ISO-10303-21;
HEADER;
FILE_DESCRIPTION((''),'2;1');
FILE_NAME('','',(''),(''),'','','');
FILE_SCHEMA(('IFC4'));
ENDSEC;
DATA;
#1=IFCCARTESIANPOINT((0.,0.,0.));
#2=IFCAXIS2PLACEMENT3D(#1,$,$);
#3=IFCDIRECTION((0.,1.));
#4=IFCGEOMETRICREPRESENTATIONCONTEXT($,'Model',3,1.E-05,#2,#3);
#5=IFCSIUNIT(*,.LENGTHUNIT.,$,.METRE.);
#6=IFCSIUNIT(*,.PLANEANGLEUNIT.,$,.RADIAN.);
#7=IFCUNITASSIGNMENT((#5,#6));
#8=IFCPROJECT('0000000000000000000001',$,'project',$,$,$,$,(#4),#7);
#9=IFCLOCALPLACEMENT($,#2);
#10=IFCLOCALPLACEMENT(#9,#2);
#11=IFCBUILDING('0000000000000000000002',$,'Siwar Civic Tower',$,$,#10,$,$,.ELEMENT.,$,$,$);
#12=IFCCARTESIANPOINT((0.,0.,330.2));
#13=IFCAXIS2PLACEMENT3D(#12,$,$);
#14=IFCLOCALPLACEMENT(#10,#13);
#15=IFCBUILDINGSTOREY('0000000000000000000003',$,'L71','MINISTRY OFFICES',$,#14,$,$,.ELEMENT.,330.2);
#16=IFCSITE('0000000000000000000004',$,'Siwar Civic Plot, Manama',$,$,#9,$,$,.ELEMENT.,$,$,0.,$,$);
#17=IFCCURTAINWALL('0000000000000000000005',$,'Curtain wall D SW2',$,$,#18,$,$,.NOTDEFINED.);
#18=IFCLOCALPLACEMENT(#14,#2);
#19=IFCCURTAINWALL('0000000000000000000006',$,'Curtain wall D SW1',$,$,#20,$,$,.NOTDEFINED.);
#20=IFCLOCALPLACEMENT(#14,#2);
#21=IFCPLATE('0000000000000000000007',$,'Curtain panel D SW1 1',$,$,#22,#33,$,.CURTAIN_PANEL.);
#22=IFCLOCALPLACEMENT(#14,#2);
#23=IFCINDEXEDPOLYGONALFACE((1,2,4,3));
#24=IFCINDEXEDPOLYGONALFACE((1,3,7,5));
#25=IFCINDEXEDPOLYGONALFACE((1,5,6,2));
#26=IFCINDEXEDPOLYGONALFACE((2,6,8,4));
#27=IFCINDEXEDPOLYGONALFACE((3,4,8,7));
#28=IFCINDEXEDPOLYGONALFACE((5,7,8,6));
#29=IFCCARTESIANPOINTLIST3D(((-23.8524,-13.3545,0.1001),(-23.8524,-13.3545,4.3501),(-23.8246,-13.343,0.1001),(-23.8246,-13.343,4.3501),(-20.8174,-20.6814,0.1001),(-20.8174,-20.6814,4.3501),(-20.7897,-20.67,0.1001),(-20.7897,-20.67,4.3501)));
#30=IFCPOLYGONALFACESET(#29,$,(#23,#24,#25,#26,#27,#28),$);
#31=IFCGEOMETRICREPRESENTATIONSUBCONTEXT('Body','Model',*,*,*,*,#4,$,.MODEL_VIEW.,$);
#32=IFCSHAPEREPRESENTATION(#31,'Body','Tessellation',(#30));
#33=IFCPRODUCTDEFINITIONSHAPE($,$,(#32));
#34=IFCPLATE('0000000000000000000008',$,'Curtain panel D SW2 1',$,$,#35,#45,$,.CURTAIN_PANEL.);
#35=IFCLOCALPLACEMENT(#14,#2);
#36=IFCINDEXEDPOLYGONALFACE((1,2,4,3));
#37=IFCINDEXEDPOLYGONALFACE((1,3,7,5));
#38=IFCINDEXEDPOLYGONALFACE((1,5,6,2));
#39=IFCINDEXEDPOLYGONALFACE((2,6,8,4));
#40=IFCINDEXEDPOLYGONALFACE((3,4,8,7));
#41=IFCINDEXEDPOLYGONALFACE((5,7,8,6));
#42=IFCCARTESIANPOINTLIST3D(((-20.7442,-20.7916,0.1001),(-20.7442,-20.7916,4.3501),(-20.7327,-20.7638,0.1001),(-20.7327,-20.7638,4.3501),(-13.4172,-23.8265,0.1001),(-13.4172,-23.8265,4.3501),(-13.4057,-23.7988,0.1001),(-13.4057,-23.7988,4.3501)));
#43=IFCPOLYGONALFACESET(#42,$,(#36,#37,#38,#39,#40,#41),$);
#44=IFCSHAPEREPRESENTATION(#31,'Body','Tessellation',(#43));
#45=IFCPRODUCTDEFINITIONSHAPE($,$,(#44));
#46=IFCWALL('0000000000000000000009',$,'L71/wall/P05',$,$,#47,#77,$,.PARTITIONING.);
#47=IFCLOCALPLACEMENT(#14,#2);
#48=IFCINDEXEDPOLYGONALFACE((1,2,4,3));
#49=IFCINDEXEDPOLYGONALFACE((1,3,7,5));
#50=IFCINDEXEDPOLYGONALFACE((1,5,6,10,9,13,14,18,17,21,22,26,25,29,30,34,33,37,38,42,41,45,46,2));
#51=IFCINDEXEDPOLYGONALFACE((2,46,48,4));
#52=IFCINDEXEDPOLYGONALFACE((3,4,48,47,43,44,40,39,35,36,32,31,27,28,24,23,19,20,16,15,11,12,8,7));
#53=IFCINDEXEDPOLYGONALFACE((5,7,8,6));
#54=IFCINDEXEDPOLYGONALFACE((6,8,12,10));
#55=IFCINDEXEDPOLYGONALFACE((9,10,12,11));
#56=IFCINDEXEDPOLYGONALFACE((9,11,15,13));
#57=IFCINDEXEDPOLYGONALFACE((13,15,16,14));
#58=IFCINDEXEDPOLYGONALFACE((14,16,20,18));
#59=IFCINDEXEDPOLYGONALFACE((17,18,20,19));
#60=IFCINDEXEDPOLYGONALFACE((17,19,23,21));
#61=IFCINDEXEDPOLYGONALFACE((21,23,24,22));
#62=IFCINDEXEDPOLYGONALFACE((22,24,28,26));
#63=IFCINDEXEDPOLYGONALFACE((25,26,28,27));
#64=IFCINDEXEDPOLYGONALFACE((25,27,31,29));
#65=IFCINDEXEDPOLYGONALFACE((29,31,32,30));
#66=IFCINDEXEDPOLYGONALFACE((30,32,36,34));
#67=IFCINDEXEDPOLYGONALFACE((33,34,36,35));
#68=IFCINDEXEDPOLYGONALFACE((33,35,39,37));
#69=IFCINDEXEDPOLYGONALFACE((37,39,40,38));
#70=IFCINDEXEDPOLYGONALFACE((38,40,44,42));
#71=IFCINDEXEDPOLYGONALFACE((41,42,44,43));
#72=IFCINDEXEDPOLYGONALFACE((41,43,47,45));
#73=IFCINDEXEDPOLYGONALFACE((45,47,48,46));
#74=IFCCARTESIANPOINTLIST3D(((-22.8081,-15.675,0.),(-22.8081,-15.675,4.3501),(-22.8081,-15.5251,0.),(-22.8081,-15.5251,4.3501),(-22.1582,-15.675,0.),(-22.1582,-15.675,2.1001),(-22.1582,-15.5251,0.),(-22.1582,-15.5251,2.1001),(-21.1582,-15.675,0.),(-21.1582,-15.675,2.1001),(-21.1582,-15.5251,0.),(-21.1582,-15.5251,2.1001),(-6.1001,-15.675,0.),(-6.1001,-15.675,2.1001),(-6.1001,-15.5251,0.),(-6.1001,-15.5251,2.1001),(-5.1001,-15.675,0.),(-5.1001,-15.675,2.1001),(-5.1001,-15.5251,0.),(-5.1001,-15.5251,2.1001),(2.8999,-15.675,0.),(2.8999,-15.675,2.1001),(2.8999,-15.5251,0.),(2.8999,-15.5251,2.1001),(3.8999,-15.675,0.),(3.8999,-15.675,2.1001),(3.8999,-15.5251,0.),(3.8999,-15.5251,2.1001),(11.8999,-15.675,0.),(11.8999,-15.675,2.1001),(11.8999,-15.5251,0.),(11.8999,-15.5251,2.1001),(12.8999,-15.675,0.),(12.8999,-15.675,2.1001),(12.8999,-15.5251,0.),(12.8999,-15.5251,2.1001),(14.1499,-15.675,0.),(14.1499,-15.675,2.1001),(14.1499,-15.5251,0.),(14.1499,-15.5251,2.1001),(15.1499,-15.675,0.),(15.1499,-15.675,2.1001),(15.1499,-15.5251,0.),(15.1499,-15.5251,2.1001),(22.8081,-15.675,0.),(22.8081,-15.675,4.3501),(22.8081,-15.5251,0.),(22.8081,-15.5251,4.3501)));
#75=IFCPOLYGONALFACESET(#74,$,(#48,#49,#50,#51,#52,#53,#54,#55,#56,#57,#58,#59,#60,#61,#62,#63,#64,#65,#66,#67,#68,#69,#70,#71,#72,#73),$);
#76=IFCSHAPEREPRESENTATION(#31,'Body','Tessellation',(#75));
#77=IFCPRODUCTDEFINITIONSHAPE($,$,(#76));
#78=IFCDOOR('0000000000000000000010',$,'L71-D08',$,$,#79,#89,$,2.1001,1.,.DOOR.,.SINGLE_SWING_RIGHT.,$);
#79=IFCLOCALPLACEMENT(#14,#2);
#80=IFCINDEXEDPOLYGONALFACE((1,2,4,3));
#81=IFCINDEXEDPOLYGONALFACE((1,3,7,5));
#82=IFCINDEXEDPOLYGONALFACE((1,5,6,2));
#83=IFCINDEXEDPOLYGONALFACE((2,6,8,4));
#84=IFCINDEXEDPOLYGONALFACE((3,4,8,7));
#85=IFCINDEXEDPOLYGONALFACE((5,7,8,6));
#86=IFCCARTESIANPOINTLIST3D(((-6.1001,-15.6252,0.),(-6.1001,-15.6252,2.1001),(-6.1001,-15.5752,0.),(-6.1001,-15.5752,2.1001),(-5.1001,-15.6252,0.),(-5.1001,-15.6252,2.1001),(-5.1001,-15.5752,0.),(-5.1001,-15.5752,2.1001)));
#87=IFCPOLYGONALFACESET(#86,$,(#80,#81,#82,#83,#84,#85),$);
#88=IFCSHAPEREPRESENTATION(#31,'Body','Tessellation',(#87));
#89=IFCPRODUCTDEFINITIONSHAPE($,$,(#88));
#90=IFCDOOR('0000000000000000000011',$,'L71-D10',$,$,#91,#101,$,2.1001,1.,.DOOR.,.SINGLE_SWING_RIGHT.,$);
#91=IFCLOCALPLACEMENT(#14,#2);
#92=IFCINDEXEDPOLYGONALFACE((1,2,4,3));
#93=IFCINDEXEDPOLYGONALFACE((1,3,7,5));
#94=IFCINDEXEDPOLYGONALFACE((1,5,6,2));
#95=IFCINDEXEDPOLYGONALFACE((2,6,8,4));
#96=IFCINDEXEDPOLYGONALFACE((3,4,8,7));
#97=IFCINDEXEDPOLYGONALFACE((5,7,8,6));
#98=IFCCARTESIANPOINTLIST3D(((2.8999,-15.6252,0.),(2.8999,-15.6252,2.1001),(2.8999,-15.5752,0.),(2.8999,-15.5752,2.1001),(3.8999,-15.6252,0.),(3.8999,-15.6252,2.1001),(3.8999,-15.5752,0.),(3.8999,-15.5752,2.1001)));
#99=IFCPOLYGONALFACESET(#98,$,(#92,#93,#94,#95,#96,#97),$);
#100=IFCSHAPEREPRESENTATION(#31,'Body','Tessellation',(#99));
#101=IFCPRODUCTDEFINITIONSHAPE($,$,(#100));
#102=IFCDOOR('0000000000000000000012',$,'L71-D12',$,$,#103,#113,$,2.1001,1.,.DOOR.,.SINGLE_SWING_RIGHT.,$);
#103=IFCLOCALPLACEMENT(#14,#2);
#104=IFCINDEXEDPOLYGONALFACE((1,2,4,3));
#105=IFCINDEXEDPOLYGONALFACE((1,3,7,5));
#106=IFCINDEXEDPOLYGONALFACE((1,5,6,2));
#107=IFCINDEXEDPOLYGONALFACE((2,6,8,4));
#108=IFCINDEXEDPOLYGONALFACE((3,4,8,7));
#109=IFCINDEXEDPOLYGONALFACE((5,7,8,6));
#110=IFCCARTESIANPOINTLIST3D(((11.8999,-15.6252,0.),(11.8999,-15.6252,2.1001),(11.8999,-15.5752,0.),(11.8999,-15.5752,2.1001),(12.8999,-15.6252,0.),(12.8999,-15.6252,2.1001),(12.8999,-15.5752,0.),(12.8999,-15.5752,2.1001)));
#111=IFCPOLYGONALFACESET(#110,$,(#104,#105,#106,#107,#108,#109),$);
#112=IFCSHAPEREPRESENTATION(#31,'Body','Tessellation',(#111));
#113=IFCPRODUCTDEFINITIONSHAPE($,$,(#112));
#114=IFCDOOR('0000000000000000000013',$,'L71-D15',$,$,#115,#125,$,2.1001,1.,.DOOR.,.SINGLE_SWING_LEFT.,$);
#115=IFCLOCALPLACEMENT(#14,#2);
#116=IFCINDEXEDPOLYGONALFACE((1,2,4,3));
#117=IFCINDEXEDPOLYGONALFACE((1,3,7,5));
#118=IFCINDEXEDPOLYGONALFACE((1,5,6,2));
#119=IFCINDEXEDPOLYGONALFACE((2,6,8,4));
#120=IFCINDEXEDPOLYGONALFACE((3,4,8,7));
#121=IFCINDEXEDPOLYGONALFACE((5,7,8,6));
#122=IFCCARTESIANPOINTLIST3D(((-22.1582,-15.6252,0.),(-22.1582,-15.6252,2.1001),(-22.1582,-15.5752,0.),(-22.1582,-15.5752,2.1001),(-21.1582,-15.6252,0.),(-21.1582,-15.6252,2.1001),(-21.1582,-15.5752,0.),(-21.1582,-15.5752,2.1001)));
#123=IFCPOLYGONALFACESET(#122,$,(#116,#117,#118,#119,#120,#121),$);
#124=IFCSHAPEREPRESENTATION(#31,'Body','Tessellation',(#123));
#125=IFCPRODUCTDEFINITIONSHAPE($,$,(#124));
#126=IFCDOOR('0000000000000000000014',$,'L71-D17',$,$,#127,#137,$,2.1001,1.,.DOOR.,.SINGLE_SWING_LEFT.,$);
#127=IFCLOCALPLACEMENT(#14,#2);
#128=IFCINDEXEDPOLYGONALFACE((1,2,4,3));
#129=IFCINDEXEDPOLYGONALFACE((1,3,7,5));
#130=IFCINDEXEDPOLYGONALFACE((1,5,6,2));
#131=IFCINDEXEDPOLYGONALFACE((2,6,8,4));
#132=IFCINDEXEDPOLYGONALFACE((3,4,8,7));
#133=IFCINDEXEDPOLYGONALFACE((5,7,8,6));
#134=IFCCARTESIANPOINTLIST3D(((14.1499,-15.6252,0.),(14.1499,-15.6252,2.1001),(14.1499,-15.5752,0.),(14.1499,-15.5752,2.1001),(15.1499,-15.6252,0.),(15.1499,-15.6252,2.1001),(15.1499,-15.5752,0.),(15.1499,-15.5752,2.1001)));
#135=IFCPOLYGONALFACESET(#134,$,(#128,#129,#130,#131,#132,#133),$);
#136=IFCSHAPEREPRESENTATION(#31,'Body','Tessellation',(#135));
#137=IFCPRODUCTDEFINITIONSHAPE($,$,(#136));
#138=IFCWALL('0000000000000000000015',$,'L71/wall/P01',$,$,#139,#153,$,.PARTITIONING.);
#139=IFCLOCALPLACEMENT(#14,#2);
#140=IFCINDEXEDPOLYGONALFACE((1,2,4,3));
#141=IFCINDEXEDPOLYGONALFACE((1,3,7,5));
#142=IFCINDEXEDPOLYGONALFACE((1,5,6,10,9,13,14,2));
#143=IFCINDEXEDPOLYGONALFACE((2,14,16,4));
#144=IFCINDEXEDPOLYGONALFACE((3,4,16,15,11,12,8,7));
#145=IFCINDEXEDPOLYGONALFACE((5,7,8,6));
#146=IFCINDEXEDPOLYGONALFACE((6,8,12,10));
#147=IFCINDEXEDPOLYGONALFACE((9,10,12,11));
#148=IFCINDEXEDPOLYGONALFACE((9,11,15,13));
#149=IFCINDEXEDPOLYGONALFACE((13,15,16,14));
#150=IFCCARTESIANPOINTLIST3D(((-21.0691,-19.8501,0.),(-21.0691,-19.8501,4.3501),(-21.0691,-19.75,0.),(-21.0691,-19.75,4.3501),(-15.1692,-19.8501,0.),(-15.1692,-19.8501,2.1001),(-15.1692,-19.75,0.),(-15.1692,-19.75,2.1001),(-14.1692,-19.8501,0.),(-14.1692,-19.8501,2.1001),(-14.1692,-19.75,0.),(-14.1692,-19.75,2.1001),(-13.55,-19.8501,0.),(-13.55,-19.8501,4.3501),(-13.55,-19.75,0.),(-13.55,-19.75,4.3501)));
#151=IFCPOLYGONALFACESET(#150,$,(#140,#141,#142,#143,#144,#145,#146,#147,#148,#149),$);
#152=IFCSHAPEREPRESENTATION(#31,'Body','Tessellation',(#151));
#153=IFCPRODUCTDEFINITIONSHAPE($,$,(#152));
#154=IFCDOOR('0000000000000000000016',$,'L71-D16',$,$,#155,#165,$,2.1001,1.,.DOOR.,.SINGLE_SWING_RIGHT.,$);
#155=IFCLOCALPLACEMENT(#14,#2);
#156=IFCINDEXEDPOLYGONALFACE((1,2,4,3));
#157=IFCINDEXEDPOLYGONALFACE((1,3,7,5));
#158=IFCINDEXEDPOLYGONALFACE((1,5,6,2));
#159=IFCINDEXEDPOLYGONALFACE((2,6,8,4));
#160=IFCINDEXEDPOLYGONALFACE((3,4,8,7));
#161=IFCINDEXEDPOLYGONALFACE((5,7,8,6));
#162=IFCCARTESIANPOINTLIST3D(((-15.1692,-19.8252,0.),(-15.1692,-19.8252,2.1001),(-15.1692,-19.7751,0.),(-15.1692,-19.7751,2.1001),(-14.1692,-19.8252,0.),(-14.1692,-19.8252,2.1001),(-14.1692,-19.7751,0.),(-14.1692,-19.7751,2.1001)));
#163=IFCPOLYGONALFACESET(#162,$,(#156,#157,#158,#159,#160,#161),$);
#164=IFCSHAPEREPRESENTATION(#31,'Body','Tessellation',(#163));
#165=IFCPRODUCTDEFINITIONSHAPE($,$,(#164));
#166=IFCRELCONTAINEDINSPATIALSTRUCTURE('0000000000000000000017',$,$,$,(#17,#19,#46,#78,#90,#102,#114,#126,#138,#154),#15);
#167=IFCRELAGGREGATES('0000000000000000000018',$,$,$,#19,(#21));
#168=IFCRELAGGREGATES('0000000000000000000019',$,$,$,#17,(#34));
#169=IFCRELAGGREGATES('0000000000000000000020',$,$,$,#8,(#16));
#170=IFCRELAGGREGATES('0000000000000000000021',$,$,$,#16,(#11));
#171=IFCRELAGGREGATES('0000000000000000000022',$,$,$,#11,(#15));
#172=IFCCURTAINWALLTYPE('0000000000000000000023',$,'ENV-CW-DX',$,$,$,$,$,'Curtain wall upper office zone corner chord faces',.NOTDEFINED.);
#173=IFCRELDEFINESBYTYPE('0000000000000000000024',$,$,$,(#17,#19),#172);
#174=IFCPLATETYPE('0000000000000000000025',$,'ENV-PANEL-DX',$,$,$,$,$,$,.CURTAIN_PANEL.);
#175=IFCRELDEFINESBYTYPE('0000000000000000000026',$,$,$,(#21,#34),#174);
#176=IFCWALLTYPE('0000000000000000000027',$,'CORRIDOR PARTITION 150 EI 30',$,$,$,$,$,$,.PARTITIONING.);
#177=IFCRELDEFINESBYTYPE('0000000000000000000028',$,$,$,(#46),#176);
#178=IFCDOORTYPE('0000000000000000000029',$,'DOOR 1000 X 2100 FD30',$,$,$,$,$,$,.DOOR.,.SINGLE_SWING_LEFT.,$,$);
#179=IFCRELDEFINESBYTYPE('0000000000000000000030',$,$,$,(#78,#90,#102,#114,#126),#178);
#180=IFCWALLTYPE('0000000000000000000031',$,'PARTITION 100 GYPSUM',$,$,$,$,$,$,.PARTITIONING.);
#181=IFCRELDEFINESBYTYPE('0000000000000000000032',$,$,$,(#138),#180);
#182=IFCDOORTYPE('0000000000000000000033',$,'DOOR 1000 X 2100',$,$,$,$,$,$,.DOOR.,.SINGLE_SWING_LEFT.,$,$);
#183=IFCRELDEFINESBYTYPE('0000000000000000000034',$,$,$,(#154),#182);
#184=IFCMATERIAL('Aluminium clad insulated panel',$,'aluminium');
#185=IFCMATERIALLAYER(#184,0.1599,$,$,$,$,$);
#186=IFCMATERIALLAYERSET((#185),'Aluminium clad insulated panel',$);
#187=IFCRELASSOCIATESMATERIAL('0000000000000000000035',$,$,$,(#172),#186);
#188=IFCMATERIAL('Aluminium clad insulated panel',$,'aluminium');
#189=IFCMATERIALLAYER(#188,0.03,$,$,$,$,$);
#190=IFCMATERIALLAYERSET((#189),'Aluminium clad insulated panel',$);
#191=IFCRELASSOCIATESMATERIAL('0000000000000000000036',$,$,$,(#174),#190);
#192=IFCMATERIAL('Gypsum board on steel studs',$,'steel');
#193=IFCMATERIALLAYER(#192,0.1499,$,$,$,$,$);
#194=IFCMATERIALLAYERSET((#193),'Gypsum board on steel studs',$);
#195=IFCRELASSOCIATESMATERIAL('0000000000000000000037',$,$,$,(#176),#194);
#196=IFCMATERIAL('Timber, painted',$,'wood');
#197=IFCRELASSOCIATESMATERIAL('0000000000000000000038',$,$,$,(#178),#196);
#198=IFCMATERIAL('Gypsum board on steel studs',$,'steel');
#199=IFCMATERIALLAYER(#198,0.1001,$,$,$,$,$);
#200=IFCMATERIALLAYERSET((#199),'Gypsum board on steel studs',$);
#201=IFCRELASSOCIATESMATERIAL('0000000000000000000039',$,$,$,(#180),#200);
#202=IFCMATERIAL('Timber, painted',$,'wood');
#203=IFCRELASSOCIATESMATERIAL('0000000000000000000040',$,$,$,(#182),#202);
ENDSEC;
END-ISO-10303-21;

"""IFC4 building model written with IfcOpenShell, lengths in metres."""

from ifc_helpers import new_model, si_unit, direction, frame, frame_2d, origin, origin_2d, place, context, subcontext, project, spatial, rectangle, extrude, material, layer, layer_set, type_object, element, fill, aggregate, save


model = new_model("IFC4")

# Units and contexts
model_context = context("Model", 3, precision=1e-05, world=origin(), true_north=direction((0.0, 1.0)))
body_context = subcontext(model_context, "Body", "Model", "MODEL_VIEW")
ifc_project = project(units=[si_unit("LENGTHUNIT", "METRE"), si_unit("PLANEANGLEUNIT", "RADIAN")], contexts=[model_context])

# Site, building, storey
site_placement = place(None, origin())
site = spatial("IfcSite", under=ifc_project, at=site_placement, Name="Siwar Civic Plot, Manama", CompositionType="ELEMENT", RefElevation=0.0)
building_placement = place(site_placement, origin())
building = spatial("IfcBuilding", under=site, at=building_placement, Name="Siwar Civic Tower", CompositionType="ELEMENT")
storey_placement = place(building_placement, frame((0.0, 0.0, 330.2)))
storey = spatial("IfcBuildingStorey", under=building, at=storey_placement, Name="L71", Description="MINISTRY OFFICES", CompositionType="ELEMENT", Elevation=330.2)

# Curtain wall
ifc_material_1 = material(Name="Aluminium clad insulated panel", Category="aluminium")
ifc_layer_1 = layer(ifc_material_1, 0.1599)
ifc_layer_set_1 = layer_set([ifc_layer_1], Name="Aluminium clad insulated panel")
curtain_wall_type = type_object("IfcCurtainWallType", Name="ENV-CW-DX", ElementType="Curtain wall upper office zone corner chord faces", PredefinedType="NOTDEFINED", material=ifc_layer_set_1)
curtain_wall_1_placement = place(storey_placement, origin())
curtain_wall_1 = element("IfcCurtainWall", 1, at=curtain_wall_1_placement, inside=storey, type_object=curtain_wall_type, Name="Curtain wall D SW2", PredefinedType="NOTDEFINED")

# Curtain wall, plate
curtain_wall_2_placement = place(storey_placement, origin())
curtain_wall_2 = element("IfcCurtainWall", 2, at=curtain_wall_2_placement, inside=storey, type_object=curtain_wall_type, Name="Curtain wall D SW1", PredefinedType="NOTDEFINED")
ifc_material_2 = material(Name="Aluminium clad insulated panel", Category="aluminium")
ifc_layer_2 = layer(ifc_material_2, 0.03)
ifc_layer_set_2 = layer_set([ifc_layer_2], Name="Aluminium clad insulated panel")
plate_type = type_object("IfcPlateType", Name="ENV-PANEL-DX", PredefinedType="CURTAIN_PANEL", material=ifc_layer_set_2)
plate_1_placement = place(storey_placement, frame((-22.321, -17.0122, 0.1001), z_axis=(0.0, 0.0, 1.0), x_axis=(0.382683, -0.92388, 0.0)))
plate_1 = element("IfcPlate", 3, at=plate_1_placement, type_object=plate_type, Name="Curtain panel D SW1 1", PredefinedType="CURTAIN_PANEL", context=body_context, shape_type="SweptSolid", body=[
    extrude(rectangle(XDim=7.9307, YDim=0.03, at=origin_2d()), origin(), (0.0, 0.0, 1.0), 4.25),
])
aggregate(curtain_wall_2, [plate_1])

# Plate
plate_2_placement = place(storey_placement, frame((-17.075, -22.2952, 0.1001), z_axis=(0.0, 0.0, 1.0), x_axis=(0.92388, -0.382683, 0.0)))
plate_2 = element("IfcPlate", 4, at=plate_2_placement, type_object=plate_type, Name="Curtain panel D SW2 1", PredefinedType="CURTAIN_PANEL", context=body_context, shape_type="SweptSolid", body=[
    extrude(rectangle(XDim=7.9307, YDim=0.03, at=origin_2d()), origin(), (0.0, 0.0, 1.0), 4.25),
])
aggregate(curtain_wall_1, [plate_2])

# Wall, openings, doors
ifc_material_3 = material(Name="Gypsum board on steel studs", Category="steel")
ifc_layer_3 = layer(ifc_material_3, 0.1499)
ifc_layer_set_3 = layer_set([ifc_layer_3], Name="Gypsum board on steel studs")
wall_type_1 = type_object("IfcWallType", Name="CORRIDOR PARTITION 150 EI 30", PredefinedType="PARTITIONING", material=ifc_layer_set_3)
wall_1_placement = place(storey_placement, frame((-22.8081, -15.6001, 0.0), z_axis=(0.0, 0.0, 1.0), x_axis=(1.0, 0.0, 0.0)))
wall_1 = element("IfcWall", 5, at=wall_1_placement, inside=storey, type_object=wall_type_1, Name="L71/wall/P05", PredefinedType="PARTITIONING", context=body_context, shape_type="SweptSolid", body=[
    extrude(rectangle(XDim=45.6162, YDim=0.1499, at=frame_2d((22.8081, 0.0))), origin(), (0.0, 0.0, 1.0), 4.3501),
])
opening_1_placement = place(wall_1_placement, frame((16.708, 0.0, 0.0)))
opening_1 = element("IfcOpeningElement", 6, at=opening_1_placement, cuts=wall_1, PredefinedType="OPENING", context=body_context, shape_type="SweptSolid", body=[
    extrude(rectangle(XDim=1.0, YDim=2.1001, at=frame_2d((0.5, 1.05))), frame((0.0, 0.085, 0.0), z_axis=(0.0, -1.0, 0.0), x_axis=(1.0, 0.0, 0.0)), (0.0, 0.0, 1.0), 0.1699),
])
opening_2_placement = place(wall_1_placement, frame((25.708, 0.0, 0.0)))
opening_2 = element("IfcOpeningElement", 7, at=opening_2_placement, cuts=wall_1, PredefinedType="OPENING", context=body_context, shape_type="SweptSolid", body=[
    extrude(rectangle(XDim=1.0, YDim=2.1001, at=frame_2d((0.5, 1.05))), frame((0.0, 0.085, 0.0), z_axis=(0.0, -1.0, 0.0), x_axis=(1.0, 0.0, 0.0)), (0.0, 0.0, 1.0), 0.1699),
])
opening_3_placement = place(wall_1_placement, frame((34.708, 0.0, 0.0)))
opening_3 = element("IfcOpeningElement", 8, at=opening_3_placement, cuts=wall_1, PredefinedType="OPENING", context=body_context, shape_type="SweptSolid", body=[
    extrude(rectangle(XDim=1.0, YDim=2.1001, at=frame_2d((0.5, 1.05))), frame((0.0, 0.085, 0.0), z_axis=(0.0, -1.0, 0.0), x_axis=(1.0, 0.0, 0.0)), (0.0, 0.0, 1.0), 0.1699),
])
opening_4_placement = place(wall_1_placement, frame((0.6499, 0.0, 0.0)))
opening_4 = element("IfcOpeningElement", 9, at=opening_4_placement, cuts=wall_1, PredefinedType="OPENING", context=body_context, shape_type="SweptSolid", body=[
    extrude(rectangle(XDim=1.0, YDim=2.1001, at=frame_2d((0.5, 1.05))), frame((0.0, 0.085, 0.0), z_axis=(0.0, -1.0, 0.0), x_axis=(1.0, 0.0, 0.0)), (0.0, 0.0, 1.0), 0.1699),
])
opening_5_placement = place(wall_1_placement, frame((36.958, 0.0, 0.0)))
opening_5 = element("IfcOpeningElement", 10, at=opening_5_placement, cuts=wall_1, PredefinedType="OPENING", context=body_context, shape_type="SweptSolid", body=[
    extrude(rectangle(XDim=1.0, YDim=2.1001, at=frame_2d((0.5, 1.05))), frame((0.0, 0.085, 0.0), z_axis=(0.0, -1.0, 0.0), x_axis=(1.0, 0.0, 0.0)), (0.0, 0.0, 1.0), 0.1699),
])
ifc_material_4 = material(Name="Timber, painted", Category="wood")
door_type_1 = type_object("IfcDoorType", Name="DOOR 1000 X 2100 FD30", OperationType="SINGLE_SWING_LEFT", PredefinedType="DOOR", material=ifc_material_4)
door_1_placement = place(opening_1_placement, origin())
door_1 = element("IfcDoor", 11, at=door_1_placement, inside=storey, type_object=door_type_1, Name="L71-D08", OperationType="SINGLE_SWING_RIGHT", OverallHeight=2.1001, OverallWidth=1.0, PredefinedType="DOOR", context=body_context, shape_type="SweptSolid", body=[
    extrude(rectangle(XDim=1.0, YDim=2.1001, at=frame_2d((0.5, 1.05))), frame((0.0, 0.0249, 0.0), z_axis=(0.0, -1.0, 0.0), x_axis=(1.0, 0.0, 0.0)), (0.0, 0.0, 1.0), 0.05),
])
fill(opening_1, door_1)
door_2_placement = place(opening_2_placement, origin())
door_2 = element("IfcDoor", 12, at=door_2_placement, inside=storey, type_object=door_type_1, Name="L71-D10", OperationType="SINGLE_SWING_RIGHT", OverallHeight=2.1001, OverallWidth=1.0, PredefinedType="DOOR", context=body_context, shape_type="SweptSolid", body=[
    extrude(rectangle(XDim=1.0, YDim=2.1001, at=frame_2d((0.5, 1.05))), frame((0.0, 0.0249, 0.0), z_axis=(0.0, -1.0, 0.0), x_axis=(1.0, 0.0, 0.0)), (0.0, 0.0, 1.0), 0.05),
])
fill(opening_2, door_2)
door_3_placement = place(opening_3_placement, origin())
door_3 = element("IfcDoor", 13, at=door_3_placement, inside=storey, type_object=door_type_1, Name="L71-D12", OperationType="SINGLE_SWING_RIGHT", OverallHeight=2.1001, OverallWidth=1.0, PredefinedType="DOOR", context=body_context, shape_type="SweptSolid", body=[
    extrude(rectangle(XDim=1.0, YDim=2.1001, at=frame_2d((0.5, 1.05))), frame((0.0, 0.0249, 0.0), z_axis=(0.0, -1.0, 0.0), x_axis=(1.0, 0.0, 0.0)), (0.0, 0.0, 1.0), 0.05),
])
fill(opening_3, door_3)
door_4_placement = place(opening_4_placement, origin())
door_4 = element("IfcDoor", 14, at=door_4_placement, inside=storey, type_object=door_type_1, Name="L71-D15", OperationType="SINGLE_SWING_LEFT", OverallHeight=2.1001, OverallWidth=1.0, PredefinedType="DOOR", context=body_context, shape_type="SweptSolid", body=[
    extrude(rectangle(XDim=1.0, YDim=2.1001, at=frame_2d((0.5, 1.05))), frame((0.0, 0.0249, 0.0), z_axis=(0.0, -1.0, 0.0), x_axis=(1.0, 0.0, 0.0)), (0.0, 0.0, 1.0), 0.05),
])
fill(opening_4, door_4)
door_5_placement = place(opening_5_placement, origin())
door_5 = element("IfcDoor", 15, at=door_5_placement, inside=storey, type_object=door_type_1, Name="L71-D17", OperationType="SINGLE_SWING_LEFT", OverallHeight=2.1001, OverallWidth=1.0, PredefinedType="DOOR", context=body_context, shape_type="SweptSolid", body=[
    extrude(rectangle(XDim=1.0, YDim=2.1001, at=frame_2d((0.5, 1.05))), frame((0.0, 0.0249, 0.0), z_axis=(0.0, -1.0, 0.0), x_axis=(1.0, 0.0, 0.0)), (0.0, 0.0, 1.0), 0.05),
])
fill(opening_5, door_5)

# Wall, opening, door
ifc_material_5 = material(Name="Gypsum board on steel studs", Category="steel")
ifc_layer_4 = layer(ifc_material_5, 0.1001)
ifc_layer_set_4 = layer_set([ifc_layer_4], Name="Gypsum board on steel studs")
wall_type_2 = type_object("IfcWallType", Name="PARTITION 100 GYPSUM", PredefinedType="PARTITIONING", material=ifc_layer_set_4)
wall_2_placement = place(storey_placement, frame((-21.0691, -19.8, 0.0), z_axis=(0.0, 0.0, 1.0), x_axis=(1.0, 0.0, 0.0)))
wall_2 = element("IfcWall", 16, at=wall_2_placement, inside=storey, type_object=wall_type_2, Name="L71/wall/P01", PredefinedType="PARTITIONING", context=body_context, shape_type="SweptSolid", body=[
    extrude(rectangle(XDim=7.519, YDim=0.1001, at=frame_2d((3.7595, 0.0))), origin(), (0.0, 0.0, 1.0), 4.3501),
])
opening_6_placement = place(wall_2_placement, frame((5.8999, 0.0, 0.0)))
opening_6 = element("IfcOpeningElement", 17, at=opening_6_placement, cuts=wall_2, PredefinedType="OPENING", context=body_context, shape_type="SweptSolid", body=[
    extrude(rectangle(XDim=1.0, YDim=2.1001, at=frame_2d((0.5, 1.05))), frame((0.0, 0.0601, 0.0), z_axis=(0.0, -1.0, 0.0), x_axis=(1.0, 0.0, 0.0)), (0.0, 0.0, 1.0), 0.1201),
])
ifc_material_6 = material(Name="Timber, painted", Category="wood")
door_type_2 = type_object("IfcDoorType", Name="DOOR 1000 X 2100", OperationType="SINGLE_SWING_LEFT", PredefinedType="DOOR", material=ifc_material_6)
door_6_placement = place(opening_6_placement, origin())
door_6 = element("IfcDoor", 18, at=door_6_placement, inside=storey, type_object=door_type_2, Name="L71-D16", OperationType="SINGLE_SWING_RIGHT", OverallHeight=2.1001, OverallWidth=1.0, PredefinedType="DOOR", context=body_context, shape_type="SweptSolid", body=[
    extrude(rectangle(XDim=1.0, YDim=2.1001, at=frame_2d((0.5, 1.05))), frame((0.0, 0.0249, 0.0), z_axis=(0.0, -1.0, 0.0), x_axis=(1.0, 0.0, 0.0)), (0.0, 0.0, 1.0), 0.05),
])
fill(opening_6, door_6)

save(model, "model.ifc")
